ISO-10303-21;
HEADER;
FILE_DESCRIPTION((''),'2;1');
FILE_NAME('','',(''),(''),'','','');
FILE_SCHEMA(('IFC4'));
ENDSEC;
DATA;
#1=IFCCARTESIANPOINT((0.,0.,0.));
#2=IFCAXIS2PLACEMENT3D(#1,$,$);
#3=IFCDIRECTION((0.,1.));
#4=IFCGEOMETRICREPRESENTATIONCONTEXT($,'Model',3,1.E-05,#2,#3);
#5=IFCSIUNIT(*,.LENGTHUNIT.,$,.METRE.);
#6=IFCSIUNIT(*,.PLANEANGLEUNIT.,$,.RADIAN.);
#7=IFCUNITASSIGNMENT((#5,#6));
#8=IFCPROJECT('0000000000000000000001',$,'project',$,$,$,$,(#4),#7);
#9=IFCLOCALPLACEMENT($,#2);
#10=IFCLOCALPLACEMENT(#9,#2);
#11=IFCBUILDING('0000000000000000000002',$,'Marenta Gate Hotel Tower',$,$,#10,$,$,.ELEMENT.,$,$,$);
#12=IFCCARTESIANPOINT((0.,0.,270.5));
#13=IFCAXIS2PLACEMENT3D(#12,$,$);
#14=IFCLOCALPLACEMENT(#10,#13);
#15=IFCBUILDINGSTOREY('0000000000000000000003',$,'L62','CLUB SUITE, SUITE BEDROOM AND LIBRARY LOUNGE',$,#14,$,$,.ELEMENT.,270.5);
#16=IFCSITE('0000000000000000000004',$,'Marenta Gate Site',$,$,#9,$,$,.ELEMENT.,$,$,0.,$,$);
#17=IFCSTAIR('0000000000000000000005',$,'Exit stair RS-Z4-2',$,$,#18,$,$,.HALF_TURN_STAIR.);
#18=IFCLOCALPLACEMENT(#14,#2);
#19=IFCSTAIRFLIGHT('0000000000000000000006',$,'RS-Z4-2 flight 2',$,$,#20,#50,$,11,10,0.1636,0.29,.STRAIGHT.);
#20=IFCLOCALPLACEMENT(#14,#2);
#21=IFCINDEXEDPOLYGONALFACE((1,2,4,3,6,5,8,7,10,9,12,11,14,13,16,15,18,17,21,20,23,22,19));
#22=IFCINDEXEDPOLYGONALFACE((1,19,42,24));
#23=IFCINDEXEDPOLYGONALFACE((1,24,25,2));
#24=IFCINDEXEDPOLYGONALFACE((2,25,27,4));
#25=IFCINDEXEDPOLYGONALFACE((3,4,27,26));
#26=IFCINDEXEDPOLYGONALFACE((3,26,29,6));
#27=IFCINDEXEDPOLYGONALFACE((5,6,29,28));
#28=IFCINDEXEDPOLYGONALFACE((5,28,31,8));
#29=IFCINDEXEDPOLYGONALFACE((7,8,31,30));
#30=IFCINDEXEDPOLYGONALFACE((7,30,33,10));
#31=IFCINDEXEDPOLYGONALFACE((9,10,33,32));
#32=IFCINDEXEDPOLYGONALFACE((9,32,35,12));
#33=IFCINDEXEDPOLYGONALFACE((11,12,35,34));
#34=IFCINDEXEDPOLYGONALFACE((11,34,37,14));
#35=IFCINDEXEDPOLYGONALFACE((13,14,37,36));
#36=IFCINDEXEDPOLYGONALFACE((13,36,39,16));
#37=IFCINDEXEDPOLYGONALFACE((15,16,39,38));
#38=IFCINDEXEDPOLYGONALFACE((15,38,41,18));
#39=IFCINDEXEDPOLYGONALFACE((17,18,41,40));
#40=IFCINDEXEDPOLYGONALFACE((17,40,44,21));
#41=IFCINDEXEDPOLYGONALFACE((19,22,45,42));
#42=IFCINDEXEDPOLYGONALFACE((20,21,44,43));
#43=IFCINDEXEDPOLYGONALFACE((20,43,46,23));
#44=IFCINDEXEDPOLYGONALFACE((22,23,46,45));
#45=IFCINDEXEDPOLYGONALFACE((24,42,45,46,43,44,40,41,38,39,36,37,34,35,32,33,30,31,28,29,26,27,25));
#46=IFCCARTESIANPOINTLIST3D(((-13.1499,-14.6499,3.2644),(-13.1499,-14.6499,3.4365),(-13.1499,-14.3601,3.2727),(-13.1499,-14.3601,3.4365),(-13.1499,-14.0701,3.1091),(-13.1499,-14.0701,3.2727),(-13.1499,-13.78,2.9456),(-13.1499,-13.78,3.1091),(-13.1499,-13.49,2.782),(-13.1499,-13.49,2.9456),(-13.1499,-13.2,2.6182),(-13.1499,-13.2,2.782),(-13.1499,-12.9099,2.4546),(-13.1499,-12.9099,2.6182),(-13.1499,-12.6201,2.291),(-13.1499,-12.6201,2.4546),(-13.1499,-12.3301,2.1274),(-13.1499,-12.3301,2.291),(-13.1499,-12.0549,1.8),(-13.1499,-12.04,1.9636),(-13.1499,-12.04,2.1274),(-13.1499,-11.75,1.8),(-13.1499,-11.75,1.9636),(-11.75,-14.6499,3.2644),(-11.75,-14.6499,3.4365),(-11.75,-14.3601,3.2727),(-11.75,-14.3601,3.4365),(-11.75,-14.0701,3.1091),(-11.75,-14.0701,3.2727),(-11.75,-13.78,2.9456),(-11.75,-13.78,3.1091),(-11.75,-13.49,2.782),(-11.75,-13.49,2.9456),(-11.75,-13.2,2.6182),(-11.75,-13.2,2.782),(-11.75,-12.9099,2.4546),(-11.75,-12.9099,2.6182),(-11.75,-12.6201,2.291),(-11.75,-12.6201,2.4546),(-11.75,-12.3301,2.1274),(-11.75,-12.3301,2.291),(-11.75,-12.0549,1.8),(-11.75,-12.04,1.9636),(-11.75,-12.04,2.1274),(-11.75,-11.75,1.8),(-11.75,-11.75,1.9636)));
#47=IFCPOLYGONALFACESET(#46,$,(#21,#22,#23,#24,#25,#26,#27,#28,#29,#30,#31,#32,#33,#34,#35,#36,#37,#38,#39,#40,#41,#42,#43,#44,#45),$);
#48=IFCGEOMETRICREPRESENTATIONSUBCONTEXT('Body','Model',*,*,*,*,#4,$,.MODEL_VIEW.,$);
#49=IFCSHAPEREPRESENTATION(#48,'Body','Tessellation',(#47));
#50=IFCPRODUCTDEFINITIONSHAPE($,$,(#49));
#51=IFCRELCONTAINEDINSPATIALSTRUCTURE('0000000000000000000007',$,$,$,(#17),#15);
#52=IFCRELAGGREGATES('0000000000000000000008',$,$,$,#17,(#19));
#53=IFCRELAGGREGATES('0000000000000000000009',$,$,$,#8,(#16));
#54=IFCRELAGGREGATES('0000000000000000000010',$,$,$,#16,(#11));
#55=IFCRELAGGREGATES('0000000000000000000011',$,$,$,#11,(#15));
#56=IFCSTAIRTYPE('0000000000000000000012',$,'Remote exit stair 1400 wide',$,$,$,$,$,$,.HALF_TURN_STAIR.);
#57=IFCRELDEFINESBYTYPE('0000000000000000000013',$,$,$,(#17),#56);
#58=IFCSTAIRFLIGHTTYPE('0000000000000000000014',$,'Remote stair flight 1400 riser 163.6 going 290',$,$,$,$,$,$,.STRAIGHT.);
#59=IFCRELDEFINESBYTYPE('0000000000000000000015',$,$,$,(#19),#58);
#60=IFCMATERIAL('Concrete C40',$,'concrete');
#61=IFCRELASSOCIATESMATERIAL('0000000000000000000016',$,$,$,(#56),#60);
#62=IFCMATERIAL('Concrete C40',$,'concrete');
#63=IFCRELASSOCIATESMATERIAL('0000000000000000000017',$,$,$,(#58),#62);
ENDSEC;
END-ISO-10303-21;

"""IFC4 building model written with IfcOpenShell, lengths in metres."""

from ifc_helpers import new_model, si_unit, direction, frame, origin, place, context, subcontext, project, spatial, polyline, outline, extrude, material, type_object, element, aggregate, save


model = new_model("IFC4")

# Units and contexts
model_context = context("Model", 3, precision=1e-05, world=origin(), true_north=direction((0.0, 1.0)))
body_context = subcontext(model_context, "Body", "Model", "MODEL_VIEW")
ifc_project = project(units=[si_unit("LENGTHUNIT", "METRE"), si_unit("PLANEANGLEUNIT", "RADIAN")], contexts=[model_context])

# Site, building, storey
site_placement = place(None, origin())
site = spatial("IfcSite", under=ifc_project, at=site_placement, Name="Marenta Gate Site", CompositionType="ELEMENT", RefElevation=0.0)
building_placement = place(site_placement, origin())
building = spatial("IfcBuilding", under=site, at=building_placement, Name="Marenta Gate Hotel Tower", CompositionType="ELEMENT")
storey_placement = place(building_placement, frame((0.0, 0.0, 270.5)))
storey = spatial("IfcBuildingStorey", under=building, at=storey_placement, Name="L62", Description="CLUB SUITE, SUITE BEDROOM AND LIBRARY LOUNGE", CompositionType="ELEMENT", Elevation=270.5)

# Stair, stair flight
ifc_material_1 = material(Name="Concrete C40", Category="concrete")
stair_type = type_object("IfcStairType", Name="Remote exit stair 1400 wide", PredefinedType="HALF_TURN_STAIR", material=ifc_material_1)
stair_placement = place(storey_placement, origin())
stair = element("IfcStair", 1, at=stair_placement, inside=storey, type_object=stair_type, Name="Exit stair RS-Z4-2", PredefinedType="HALF_TURN_STAIR")
ifc_material_2 = material(Name="Concrete C40", Category="concrete")
stair_flight_type = type_object("IfcStairFlightType", Name="Remote stair flight 1400 riser 163.6 going 290", PredefinedType="STRAIGHT", material=ifc_material_2)
stair_flight_1_placement = place(storey_placement, frame((-12.45, -11.75, 1.8), z_axis=(0.0, 0.0, 1.0), x_axis=(0.0, -1.0, 0.0)))
stair_flight_1 = element("IfcStairFlight", 2, at=stair_flight_1_placement, type_object=stair_flight_type, Name="RS-Z4-2 flight 2", NumberOfRisers=11, NumberOfTreads=10, PredefinedType="STRAIGHT", RiserHeight=0.1636, TreadLength=0.29, context=body_context, shape_type="SweptSolid", body=[
    extrude(outline(polyline([(0.0, 0.0), (0.0, 0.1636), (0.29, 0.1636), (0.29, 0.3274), (0.5801, 0.3274), (0.5801, 0.491), (0.8701, 0.491), (0.8701, 0.6545), (1.1599, 0.6545), (1.1599, 0.8181), (1.45, 0.8181), (1.45, 0.9819), (1.74, 0.9819), (1.74, 1.1455), (2.03, 1.1455), (2.03, 1.3091), (2.3201, 1.3091), (2.3201, 1.4727), (2.6101, 1.4727), (2.6101, 1.6365), (2.8999, 1.6365), (2.8999, 1.8), (2.8999, 1.4644), (0.3049, 0.0), (0.0, 0.0)])), frame((0.0, 0.7, 0.0), z_axis=(0.0, -1.0, 0.0), x_axis=(1.0, 0.0, 0.0)), (0.0, 0.0, 1.0), 1.3999),
])
aggregate(stair, [stair_flight_1])

save(model, "model.ifc")
